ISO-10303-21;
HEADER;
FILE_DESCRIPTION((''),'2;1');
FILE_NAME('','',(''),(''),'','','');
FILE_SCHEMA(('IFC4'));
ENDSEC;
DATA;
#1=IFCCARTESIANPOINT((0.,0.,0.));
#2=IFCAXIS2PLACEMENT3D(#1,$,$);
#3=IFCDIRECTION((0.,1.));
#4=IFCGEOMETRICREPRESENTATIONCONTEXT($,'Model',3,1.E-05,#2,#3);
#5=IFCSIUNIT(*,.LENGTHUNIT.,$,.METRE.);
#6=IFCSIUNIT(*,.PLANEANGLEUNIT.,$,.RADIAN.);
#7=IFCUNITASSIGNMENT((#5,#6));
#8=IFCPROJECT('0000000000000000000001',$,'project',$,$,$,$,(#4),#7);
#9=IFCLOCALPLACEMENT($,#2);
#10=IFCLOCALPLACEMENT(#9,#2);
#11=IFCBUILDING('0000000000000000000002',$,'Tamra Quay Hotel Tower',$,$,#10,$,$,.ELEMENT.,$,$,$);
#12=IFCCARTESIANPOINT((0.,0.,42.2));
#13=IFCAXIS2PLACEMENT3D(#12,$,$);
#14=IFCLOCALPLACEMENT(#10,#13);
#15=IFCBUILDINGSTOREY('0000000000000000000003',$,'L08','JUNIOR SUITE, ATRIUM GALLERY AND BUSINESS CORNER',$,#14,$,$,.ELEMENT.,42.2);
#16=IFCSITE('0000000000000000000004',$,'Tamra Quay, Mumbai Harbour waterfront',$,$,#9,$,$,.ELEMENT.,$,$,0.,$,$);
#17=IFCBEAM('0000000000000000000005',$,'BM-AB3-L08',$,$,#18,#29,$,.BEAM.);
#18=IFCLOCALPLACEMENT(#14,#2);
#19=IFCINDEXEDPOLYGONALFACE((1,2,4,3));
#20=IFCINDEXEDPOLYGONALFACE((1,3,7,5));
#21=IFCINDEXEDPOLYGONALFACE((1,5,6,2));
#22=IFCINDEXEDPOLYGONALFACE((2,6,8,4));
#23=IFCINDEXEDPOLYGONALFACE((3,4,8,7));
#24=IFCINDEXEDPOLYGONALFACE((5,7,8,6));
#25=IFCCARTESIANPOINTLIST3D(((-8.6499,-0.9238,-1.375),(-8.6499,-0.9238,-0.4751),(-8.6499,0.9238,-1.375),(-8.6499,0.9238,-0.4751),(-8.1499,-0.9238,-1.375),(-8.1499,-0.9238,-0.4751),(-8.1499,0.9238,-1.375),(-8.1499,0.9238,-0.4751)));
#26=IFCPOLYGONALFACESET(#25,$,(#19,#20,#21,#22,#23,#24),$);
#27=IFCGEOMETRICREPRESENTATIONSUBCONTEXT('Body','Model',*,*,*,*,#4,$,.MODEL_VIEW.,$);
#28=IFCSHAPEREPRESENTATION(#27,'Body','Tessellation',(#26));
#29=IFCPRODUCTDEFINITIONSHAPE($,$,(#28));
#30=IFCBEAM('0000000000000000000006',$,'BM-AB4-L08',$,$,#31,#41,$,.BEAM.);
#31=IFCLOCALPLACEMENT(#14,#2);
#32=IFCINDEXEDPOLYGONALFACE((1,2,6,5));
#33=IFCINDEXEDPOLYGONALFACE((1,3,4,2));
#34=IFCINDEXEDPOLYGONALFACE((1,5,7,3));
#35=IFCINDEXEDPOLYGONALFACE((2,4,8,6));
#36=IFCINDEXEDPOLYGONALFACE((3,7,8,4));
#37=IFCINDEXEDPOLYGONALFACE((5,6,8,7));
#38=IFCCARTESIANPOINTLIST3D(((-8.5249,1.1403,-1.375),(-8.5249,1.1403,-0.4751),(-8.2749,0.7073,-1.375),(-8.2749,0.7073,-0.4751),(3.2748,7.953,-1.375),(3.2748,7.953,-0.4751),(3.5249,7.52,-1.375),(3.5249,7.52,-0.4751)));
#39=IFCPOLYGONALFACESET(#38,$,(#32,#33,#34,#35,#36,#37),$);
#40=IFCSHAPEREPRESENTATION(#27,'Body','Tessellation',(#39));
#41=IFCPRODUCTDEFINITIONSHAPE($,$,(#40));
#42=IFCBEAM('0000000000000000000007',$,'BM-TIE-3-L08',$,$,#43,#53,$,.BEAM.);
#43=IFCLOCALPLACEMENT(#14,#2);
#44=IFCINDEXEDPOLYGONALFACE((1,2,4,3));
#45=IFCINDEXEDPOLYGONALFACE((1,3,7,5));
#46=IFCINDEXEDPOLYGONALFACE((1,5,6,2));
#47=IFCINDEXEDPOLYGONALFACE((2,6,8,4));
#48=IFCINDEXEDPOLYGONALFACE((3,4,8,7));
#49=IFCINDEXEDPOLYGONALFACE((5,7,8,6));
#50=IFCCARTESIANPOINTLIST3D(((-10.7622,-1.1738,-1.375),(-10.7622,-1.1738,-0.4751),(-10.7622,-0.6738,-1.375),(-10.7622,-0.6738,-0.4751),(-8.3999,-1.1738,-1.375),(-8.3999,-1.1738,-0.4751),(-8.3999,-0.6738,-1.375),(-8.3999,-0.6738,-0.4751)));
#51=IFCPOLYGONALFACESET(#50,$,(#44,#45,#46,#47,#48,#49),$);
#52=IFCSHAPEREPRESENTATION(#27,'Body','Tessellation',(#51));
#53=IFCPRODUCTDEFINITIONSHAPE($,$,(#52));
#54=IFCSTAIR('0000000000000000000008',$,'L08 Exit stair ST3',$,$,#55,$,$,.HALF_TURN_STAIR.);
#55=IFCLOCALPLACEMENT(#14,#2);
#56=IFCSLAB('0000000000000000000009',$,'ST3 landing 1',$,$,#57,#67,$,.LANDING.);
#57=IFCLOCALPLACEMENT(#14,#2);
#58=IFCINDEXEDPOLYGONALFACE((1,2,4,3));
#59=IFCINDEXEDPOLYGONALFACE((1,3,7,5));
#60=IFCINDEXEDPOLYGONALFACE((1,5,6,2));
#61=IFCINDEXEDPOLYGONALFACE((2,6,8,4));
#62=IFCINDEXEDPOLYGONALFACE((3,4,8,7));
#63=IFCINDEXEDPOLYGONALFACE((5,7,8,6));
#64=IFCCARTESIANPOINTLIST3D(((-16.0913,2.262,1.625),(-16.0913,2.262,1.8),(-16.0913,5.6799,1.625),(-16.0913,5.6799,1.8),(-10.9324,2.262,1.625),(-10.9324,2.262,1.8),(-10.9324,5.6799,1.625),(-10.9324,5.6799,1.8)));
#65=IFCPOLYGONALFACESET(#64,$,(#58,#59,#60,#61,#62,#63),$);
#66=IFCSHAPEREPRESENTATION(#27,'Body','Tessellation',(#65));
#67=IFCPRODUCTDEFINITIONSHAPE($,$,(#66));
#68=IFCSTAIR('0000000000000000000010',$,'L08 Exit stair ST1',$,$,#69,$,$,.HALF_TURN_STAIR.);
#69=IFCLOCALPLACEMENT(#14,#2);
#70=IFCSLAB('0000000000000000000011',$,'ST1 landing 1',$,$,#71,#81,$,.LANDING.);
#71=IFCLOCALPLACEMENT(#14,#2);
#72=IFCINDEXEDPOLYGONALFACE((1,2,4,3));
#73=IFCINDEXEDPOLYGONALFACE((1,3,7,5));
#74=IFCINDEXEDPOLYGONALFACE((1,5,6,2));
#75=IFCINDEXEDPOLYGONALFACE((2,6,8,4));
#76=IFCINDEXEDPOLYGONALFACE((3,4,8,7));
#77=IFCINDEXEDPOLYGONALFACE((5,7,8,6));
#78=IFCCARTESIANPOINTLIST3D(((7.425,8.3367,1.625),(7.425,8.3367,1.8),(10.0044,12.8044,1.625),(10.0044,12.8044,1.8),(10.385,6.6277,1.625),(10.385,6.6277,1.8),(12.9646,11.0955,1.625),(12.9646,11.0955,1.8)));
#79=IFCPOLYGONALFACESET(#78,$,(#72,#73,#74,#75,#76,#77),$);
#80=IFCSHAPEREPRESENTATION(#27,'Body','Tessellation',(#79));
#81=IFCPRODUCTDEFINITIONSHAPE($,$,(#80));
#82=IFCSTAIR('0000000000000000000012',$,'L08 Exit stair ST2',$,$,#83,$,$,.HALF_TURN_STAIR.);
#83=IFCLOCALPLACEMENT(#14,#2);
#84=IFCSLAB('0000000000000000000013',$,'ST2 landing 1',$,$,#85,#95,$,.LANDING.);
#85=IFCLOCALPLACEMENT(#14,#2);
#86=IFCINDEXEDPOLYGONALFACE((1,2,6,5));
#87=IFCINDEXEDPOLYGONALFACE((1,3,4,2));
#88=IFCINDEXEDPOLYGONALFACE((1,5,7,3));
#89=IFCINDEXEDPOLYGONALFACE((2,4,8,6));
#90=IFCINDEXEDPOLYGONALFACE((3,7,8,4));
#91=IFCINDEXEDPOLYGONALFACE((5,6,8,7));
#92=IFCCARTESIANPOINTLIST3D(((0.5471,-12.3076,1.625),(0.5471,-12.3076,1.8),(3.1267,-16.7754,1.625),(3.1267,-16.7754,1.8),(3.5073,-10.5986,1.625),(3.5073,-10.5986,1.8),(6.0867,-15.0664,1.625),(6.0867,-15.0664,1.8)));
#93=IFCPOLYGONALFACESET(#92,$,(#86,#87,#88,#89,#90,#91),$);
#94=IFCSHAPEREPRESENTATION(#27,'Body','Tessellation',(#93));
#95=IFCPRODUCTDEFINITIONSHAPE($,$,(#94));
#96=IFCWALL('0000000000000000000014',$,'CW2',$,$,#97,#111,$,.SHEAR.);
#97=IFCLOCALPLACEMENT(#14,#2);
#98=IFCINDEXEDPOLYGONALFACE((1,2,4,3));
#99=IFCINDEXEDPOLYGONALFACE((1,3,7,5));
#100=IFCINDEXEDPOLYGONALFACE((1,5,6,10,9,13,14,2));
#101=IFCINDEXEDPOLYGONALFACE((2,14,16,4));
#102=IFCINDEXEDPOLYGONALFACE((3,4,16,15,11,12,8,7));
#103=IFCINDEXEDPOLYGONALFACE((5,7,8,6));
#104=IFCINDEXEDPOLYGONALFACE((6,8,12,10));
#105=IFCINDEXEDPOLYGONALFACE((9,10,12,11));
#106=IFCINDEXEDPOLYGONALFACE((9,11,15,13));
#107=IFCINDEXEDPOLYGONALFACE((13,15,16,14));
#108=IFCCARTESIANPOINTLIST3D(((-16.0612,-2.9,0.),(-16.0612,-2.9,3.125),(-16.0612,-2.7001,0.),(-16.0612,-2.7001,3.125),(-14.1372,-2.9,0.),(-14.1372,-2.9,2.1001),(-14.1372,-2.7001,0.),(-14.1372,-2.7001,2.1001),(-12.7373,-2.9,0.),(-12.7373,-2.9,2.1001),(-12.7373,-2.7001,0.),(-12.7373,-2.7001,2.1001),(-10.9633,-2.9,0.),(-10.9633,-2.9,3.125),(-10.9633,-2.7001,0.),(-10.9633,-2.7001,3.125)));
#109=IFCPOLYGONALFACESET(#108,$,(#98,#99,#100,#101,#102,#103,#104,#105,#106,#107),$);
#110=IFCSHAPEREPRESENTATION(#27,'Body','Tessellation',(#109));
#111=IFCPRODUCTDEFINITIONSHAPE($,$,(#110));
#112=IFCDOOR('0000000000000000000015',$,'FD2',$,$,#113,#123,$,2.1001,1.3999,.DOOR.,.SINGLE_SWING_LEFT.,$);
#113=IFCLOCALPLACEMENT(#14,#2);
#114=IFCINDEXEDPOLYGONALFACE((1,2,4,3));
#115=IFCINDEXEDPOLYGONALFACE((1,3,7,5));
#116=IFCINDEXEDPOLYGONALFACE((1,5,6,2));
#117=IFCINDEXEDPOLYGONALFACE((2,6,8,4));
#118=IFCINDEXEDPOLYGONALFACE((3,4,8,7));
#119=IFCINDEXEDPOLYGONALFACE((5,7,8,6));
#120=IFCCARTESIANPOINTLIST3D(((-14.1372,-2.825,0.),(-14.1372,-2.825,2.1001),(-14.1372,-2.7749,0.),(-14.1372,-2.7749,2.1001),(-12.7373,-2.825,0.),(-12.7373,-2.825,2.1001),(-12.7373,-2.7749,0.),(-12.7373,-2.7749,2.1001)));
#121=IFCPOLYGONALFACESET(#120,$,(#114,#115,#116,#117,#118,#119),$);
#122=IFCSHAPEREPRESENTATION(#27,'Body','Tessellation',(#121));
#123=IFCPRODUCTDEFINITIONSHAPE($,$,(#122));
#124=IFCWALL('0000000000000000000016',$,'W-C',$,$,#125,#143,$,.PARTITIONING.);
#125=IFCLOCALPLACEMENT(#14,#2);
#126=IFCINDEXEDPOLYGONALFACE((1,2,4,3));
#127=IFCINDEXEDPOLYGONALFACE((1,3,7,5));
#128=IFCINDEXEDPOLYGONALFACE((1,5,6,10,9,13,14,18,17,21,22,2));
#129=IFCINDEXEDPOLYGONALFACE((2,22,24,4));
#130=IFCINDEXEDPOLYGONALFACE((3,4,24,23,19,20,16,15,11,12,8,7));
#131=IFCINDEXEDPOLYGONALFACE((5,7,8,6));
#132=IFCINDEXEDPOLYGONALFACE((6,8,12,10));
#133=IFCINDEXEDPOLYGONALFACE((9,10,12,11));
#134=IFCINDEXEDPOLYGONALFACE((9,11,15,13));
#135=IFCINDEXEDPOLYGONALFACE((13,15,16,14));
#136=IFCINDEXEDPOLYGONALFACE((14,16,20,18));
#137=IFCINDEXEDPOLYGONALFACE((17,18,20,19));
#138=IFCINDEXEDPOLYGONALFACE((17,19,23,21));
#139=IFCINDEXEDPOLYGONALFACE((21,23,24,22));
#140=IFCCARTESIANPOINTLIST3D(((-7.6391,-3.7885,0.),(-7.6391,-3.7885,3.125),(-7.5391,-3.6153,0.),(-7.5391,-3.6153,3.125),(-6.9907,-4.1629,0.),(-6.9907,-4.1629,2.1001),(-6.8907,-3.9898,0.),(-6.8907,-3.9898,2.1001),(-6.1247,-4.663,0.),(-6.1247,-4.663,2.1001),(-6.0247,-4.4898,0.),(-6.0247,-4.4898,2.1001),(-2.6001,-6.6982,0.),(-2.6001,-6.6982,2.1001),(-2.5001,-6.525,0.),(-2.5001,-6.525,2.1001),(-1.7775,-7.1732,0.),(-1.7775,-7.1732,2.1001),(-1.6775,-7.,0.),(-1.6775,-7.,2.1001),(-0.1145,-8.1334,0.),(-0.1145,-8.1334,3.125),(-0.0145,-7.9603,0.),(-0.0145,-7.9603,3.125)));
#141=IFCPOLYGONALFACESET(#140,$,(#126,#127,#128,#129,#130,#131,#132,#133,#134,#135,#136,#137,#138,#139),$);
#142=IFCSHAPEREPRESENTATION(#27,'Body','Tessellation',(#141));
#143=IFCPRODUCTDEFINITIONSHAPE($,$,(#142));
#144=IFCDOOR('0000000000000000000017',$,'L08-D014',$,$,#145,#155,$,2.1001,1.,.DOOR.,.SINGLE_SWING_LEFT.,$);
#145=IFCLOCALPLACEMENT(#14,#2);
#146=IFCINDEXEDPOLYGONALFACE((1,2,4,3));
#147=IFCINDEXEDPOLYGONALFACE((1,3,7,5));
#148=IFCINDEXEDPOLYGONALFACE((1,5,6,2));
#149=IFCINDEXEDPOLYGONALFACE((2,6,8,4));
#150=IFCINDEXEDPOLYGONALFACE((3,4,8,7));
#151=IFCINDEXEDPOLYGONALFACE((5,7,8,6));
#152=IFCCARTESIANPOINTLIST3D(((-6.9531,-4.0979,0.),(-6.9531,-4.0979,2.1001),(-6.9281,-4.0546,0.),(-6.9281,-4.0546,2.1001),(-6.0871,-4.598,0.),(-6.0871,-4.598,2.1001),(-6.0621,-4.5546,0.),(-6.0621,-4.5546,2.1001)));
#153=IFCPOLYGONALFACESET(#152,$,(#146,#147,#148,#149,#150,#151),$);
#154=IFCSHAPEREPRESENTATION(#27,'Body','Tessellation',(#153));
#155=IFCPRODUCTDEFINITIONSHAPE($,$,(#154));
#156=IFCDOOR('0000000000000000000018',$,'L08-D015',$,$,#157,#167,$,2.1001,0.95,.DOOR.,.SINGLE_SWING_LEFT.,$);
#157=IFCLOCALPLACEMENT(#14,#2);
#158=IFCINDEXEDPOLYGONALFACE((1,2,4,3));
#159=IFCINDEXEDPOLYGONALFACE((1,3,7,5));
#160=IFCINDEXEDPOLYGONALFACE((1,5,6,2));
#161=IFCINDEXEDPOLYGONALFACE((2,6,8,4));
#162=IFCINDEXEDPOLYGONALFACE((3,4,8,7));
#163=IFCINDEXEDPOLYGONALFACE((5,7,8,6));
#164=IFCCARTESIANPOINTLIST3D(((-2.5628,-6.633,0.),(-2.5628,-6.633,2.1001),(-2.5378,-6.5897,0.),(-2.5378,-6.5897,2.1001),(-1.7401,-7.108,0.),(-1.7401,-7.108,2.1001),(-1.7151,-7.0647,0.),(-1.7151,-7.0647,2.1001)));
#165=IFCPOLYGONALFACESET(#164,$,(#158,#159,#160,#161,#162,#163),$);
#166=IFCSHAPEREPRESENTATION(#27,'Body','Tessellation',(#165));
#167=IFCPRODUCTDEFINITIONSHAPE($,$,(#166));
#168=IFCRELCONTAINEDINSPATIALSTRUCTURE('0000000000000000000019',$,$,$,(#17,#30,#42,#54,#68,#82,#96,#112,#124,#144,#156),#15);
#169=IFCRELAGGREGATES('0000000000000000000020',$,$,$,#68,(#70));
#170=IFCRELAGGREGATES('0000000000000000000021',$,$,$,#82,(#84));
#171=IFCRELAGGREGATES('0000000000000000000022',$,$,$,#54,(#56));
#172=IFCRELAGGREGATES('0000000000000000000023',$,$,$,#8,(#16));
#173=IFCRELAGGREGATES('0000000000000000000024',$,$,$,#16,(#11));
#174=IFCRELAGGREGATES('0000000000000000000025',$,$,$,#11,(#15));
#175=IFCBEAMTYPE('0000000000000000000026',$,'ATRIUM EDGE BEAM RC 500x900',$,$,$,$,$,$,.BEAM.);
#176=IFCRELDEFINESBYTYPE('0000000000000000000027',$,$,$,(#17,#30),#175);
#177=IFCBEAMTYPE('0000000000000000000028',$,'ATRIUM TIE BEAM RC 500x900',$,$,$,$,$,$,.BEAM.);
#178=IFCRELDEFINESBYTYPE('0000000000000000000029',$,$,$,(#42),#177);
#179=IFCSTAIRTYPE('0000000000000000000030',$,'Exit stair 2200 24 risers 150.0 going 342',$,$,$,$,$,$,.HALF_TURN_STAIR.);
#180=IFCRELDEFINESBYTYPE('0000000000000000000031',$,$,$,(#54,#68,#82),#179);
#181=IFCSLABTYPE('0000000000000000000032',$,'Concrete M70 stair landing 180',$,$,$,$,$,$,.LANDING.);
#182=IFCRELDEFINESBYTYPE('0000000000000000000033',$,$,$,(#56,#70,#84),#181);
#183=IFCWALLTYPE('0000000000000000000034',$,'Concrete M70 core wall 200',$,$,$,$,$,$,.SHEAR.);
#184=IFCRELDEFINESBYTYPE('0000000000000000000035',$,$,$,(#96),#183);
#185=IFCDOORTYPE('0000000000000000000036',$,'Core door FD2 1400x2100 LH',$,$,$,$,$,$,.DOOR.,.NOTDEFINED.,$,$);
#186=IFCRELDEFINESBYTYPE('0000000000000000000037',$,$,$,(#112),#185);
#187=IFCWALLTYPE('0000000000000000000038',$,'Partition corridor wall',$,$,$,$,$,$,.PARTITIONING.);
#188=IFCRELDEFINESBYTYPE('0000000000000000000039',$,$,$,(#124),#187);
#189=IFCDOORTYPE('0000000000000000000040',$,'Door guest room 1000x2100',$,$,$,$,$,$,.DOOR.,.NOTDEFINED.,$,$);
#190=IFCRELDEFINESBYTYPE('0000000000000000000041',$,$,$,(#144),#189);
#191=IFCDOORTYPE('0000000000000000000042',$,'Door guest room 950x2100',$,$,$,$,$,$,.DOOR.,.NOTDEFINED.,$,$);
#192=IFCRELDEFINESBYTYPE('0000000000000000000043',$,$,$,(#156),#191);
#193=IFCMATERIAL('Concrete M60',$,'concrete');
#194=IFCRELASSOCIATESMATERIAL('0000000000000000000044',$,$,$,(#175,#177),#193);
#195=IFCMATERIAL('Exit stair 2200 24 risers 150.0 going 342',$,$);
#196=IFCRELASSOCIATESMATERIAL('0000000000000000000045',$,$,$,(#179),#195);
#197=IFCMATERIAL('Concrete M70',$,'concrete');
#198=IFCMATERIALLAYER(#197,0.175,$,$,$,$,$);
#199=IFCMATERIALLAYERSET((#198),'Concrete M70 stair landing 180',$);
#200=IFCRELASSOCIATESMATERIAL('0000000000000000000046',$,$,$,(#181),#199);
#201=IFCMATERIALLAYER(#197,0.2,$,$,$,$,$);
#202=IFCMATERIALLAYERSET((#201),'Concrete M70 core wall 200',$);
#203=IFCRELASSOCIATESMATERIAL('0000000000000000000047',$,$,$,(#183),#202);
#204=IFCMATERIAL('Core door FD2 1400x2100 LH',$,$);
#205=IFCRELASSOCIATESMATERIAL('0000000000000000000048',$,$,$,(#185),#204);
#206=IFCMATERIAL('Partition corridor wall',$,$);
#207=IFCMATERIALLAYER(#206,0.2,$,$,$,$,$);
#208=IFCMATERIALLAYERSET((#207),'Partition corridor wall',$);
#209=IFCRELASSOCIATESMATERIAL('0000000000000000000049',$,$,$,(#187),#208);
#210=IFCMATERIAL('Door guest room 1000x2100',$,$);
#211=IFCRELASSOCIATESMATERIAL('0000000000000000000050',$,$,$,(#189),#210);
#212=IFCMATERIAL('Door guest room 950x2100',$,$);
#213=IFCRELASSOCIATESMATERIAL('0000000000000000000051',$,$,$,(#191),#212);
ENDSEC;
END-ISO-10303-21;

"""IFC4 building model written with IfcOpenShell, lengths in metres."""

from ifc_helpers import new_model, si_unit, direction, frame, frame_2d, origin, origin_2d, place, context, subcontext, project, spatial, polyline, rectangle, outline, extrude, material, layer, layer_set, material_profile, profile_set, type_object, element, fill, aggregate, save


model = new_model("IFC4")

# Units and contexts
model_context = context("Model", 3, precision=1e-05, world=origin(), true_north=direction((0.0, 1.0)))
body_context = subcontext(model_context, "Body", "Model", "MODEL_VIEW")
ifc_project = project(units=[si_unit("LENGTHUNIT", "METRE"), si_unit("PLANEANGLEUNIT", "RADIAN")], contexts=[model_context])

# Site, building, storey
site_placement = place(None, origin())
site = spatial("IfcSite", under=ifc_project, at=site_placement, Name="Tamra Quay, Mumbai Harbour waterfront", CompositionType="ELEMENT", RefElevation=0.0)
building_placement = place(site_placement, origin())
building = spatial("IfcBuilding", under=site, at=building_placement, Name="Tamra Quay Hotel Tower", CompositionType="ELEMENT")
storey_placement = place(building_placement, frame((0.0, 0.0, 42.2)))
storey = spatial("IfcBuildingStorey", under=building, at=storey_placement, Name="L08", Description="JUNIOR SUITE, ATRIUM GALLERY AND BUSINESS CORNER", CompositionType="ELEMENT", Elevation=42.2)

# Beams
ifc_material_1 = material(Name="Concrete M60", Category="concrete")
ifc_material_profile_1 = material_profile(ifc_material_1, rectangle(XDim=0.5, YDim=0.8999, at=origin_2d()), Name="ATRIUM EDGE BEAM RC 500x900")
ifc_profile_set_1 = profile_set([ifc_material_profile_1], Name="Concrete M60")
beam_type_1 = type_object("IfcBeamType", Name="ATRIUM EDGE BEAM RC 500x900", PredefinedType="BEAM", material=ifc_profile_set_1)
beam_1_placement = place(storey_placement, frame((-8.3999, -0.9238, -0.925), z_axis=(0.0, 1.0, 0.0), x_axis=(-1.0, 0.0, 0.0)))
element("IfcBeam", 1, at=beam_1_placement, inside=storey, type_object=beam_type_1, Name="BM-AB3-L08", PredefinedType="BEAM", context=body_context, shape_type="SweptSolid", body=[
    extrude(rectangle(XDim=0.5, YDim=0.8999, at=origin_2d()), origin(), (0.0, 0.0, 1.0), 1.8477),
])
beam_2_placement = place(storey_placement, frame((-8.3999, 0.9238, -0.925), z_axis=(0.866021, 0.500007, 0.0), x_axis=(-0.500007, 0.866021, 0.0)))
element("IfcBeam", 2, at=beam_2_placement, inside=storey, type_object=beam_type_1, Name="BM-AB4-L08", PredefinedType="BEAM", context=body_context, shape_type="SweptSolid", body=[
    extrude(rectangle(XDim=0.5, YDim=0.8999, at=origin_2d()), origin(), (0.0, 0.0, 1.0), 13.6252),
])
ifc_material_profile_2 = material_profile(ifc_material_1, rectangle(XDim=0.5, YDim=0.8999, at=origin_2d()), Name="ATRIUM TIE BEAM RC 500x900")
ifc_profile_set_2 = profile_set([ifc_material_profile_2], Name="Concrete M60")
beam_type_2 = type_object("IfcBeamType", Name="ATRIUM TIE BEAM RC 500x900", PredefinedType="BEAM", material=ifc_profile_set_2)
beam_3_placement = place(storey_placement, frame((-8.3999, -0.9238, -0.925), z_axis=(-1.0, 0.0, 0.0), x_axis=(0.0, -1.0, 0.0)))
element("IfcBeam", 3, at=beam_3_placement, inside=storey, type_object=beam_type_2, Name="BM-TIE-3-L08", PredefinedType="BEAM", context=body_context, shape_type="SweptSolid", body=[
    extrude(rectangle(XDim=0.5, YDim=0.8999, at=origin_2d()), origin(), (0.0, 0.0, 1.0), 2.3623),
])

# Stairs, slabs
ifc_material_2 = material(Name="Exit stair 2200 24 risers 150.0 going 342")
stair_type = type_object("IfcStairType", Name="Exit stair 2200 24 risers 150.0 going 342", PredefinedType="HALF_TURN_STAIR", material=ifc_material_2)
stair_1_placement = place(storey_placement, origin())
stair_1 = element("IfcStair", 4, at=stair_1_placement, inside=storey, type_object=stair_type, Name="L08 Exit stair ST3", PredefinedType="HALF_TURN_STAIR")
ifc_material_3 = material(Name="Concrete M70", Category="concrete")
ifc_layer_1 = layer(ifc_material_3, 0.175)
ifc_layer_set_1 = layer_set([ifc_layer_1], Name="Concrete M70 stair landing 180")
slab_type_1 = type_object("IfcSlabType", Name="Concrete M70 stair landing 180", PredefinedType="LANDING", material=ifc_layer_set_1)
slab_1_placement = place(storey_placement, frame((0.0, 0.0, 1.625)))
slab_1 = element("IfcSlab", 5, at=slab_1_placement, type_object=slab_type_1, Name="ST3 landing 1", PredefinedType="LANDING", context=body_context, shape_type="SweptSolid", body=[
    extrude(outline(polyline([(-10.9324, 2.262), (-10.9324, 5.6799), (-16.0913, 5.6799), (-16.0913, 2.262), (-10.9324, 2.262)])), origin(), (0.0, 0.0, 1.0), 0.175),
])
stair_2_placement = place(storey_placement, origin())
stair_2 = element("IfcStair", 6, at=stair_2_placement, inside=storey, type_object=stair_type, Name="L08 Exit stair ST1", PredefinedType="HALF_TURN_STAIR")
slab_2_placement = place(storey_placement, frame((0.0, 0.0, 1.625)))
slab_2 = element("IfcSlab", 7, at=slab_2_placement, type_object=slab_type_1, Name="ST1 landing 1", PredefinedType="LANDING", context=body_context, shape_type="SweptSolid", body=[
    extrude(outline(polyline([(7.425, 8.3367), (10.385, 6.6277), (12.9646, 11.0955), (10.0044, 12.8044), (7.425, 8.3367)])), origin(), (0.0, 0.0, 1.0), 0.175),
])
aggregate(stair_2, [slab_2])
stair_3_placement = place(storey_placement, origin())
stair_3 = element("IfcStair", 8, at=stair_3_placement, inside=storey, type_object=stair_type, Name="L08 Exit stair ST2", PredefinedType="HALF_TURN_STAIR")
slab_3_placement = place(storey_placement, frame((0.0, 0.0, 1.625)))
slab_3 = element("IfcSlab", 9, at=slab_3_placement, type_object=slab_type_1, Name="ST2 landing 1", PredefinedType="LANDING", context=body_context, shape_type="SweptSolid", body=[
    extrude(outline(polyline([(3.5073, -10.5986), (0.5471, -12.3076), (3.1267, -16.7754), (6.0867, -15.0664), (3.5073, -10.5986)])), origin(), (0.0, 0.0, 1.0), 0.175),
])
aggregate(stair_3, [slab_3])

# Wall, opening, door
ifc_layer_2 = layer(ifc_material_3, 0.2)
ifc_layer_set_2 = layer_set([ifc_layer_2], Name="Concrete M70 core wall 200")
wall_type_1 = type_object("IfcWallType", Name="Concrete M70 core wall 200", PredefinedType="SHEAR", material=ifc_layer_set_2)
wall_1_placement = place(storey_placement, frame((-10.9634, -2.8, 0.0), z_axis=(0.0, 0.0, 1.0), x_axis=(-1.0, 0.0, 0.0)))
wall_1 = element("IfcWall", 10, at=wall_1_placement, inside=storey, type_object=wall_type_1, Name="CW2", PredefinedType="SHEAR", context=body_context, shape_type="SweptSolid", body=[
    extrude(rectangle(XDim=5.0979, YDim=0.2, at=frame_2d((2.5488, 0.0))), origin(), (0.0, 0.0, 1.0), 3.125),
])
opening_1_placement = place(wall_1_placement, frame((1.7739, 0.0, 0.0)))
opening_1 = element("IfcOpeningElement", 11, at=opening_1_placement, cuts=wall_1, PredefinedType="OPENING", context=body_context, shape_type="SweptSolid", body=[
    extrude(rectangle(XDim=1.3999, YDim=2.1001, at=frame_2d((0.7, 1.05))), frame((0.0, 0.1099, 0.0), z_axis=(0.0, -1.0, 0.0), x_axis=(1.0, 0.0, 0.0)), (0.0, 0.0, 1.0), 0.22),
])
ifc_material_4 = material(Name="Core door FD2 1400x2100 LH")
door_type_1 = type_object("IfcDoorType", Name="Core door FD2 1400x2100 LH", OperationType="NOTDEFINED", PredefinedType="DOOR", material=ifc_material_4)
door_1_placement = place(opening_1_placement, origin())
door_1 = element("IfcDoor", 12, at=door_1_placement, inside=storey, type_object=door_type_1, Name="FD2", OperationType="SINGLE_SWING_LEFT", OverallHeight=2.1001, OverallWidth=1.3999, PredefinedType="DOOR", context=body_context, shape_type="SweptSolid", body=[
    extrude(rectangle(XDim=1.3999, YDim=2.1001, at=frame_2d((0.7, 1.05))), frame((0.0, 0.0249, 0.0), z_axis=(0.0, -1.0, 0.0), x_axis=(1.0, 0.0, 0.0)), (0.0, 0.0, 1.0), 0.05),
])
fill(opening_1, door_1)

# Wall, openings, doors
ifc_material_5 = material(Name="Partition corridor wall")
ifc_layer_3 = layer(ifc_material_5, 0.2)
ifc_layer_set_3 = layer_set([ifc_layer_3], Name="Partition corridor wall")
wall_type_2 = type_object("IfcWallType", Name="Partition corridor wall", PredefinedType="PARTITIONING", material=ifc_layer_set_3)
wall_2_placement = place(storey_placement, frame((-7.5891, -3.7019, 0.0), z_axis=(0.0, 0.0, 1.0), x_axis=(0.865995, -0.500052, 0.0)))
wall_2 = element("IfcWall", 13, at=wall_2_placement, inside=storey, type_object=wall_type_2, Name="W-C", PredefinedType="PARTITIONING", context=body_context, shape_type="SweptSolid", body=[
    extrude(rectangle(XDim=8.689, YDim=0.2, at=frame_2d((4.3445, 0.0))), origin(), (0.0, 0.0, 1.0), 3.125),
])
opening_2_placement = place(wall_2_placement, frame((0.7488, 0.0, 0.0)))
opening_2 = element("IfcOpeningElement", 14, at=opening_2_placement, cuts=wall_2, PredefinedType="OPENING", context=body_context, shape_type="SweptSolid", body=[
    extrude(rectangle(XDim=1.0, YDim=2.1001, at=frame_2d((0.5, 1.05))), frame((0.0, 0.1099, 0.0), z_axis=(0.0, -1.0, 0.0), x_axis=(1.0, 0.0, 0.0)), (0.0, 0.0, 1.0), 0.22),
])
opening_3_placement = place(wall_2_placement, frame((5.8186, 0.0, 0.0)))
opening_3 = element("IfcOpeningElement", 15, at=opening_3_placement, cuts=wall_2, PredefinedType="OPENING", context=body_context, shape_type="SweptSolid", body=[
    extrude(rectangle(XDim=0.95, YDim=2.1001, at=frame_2d((0.4751, 1.05))), frame((0.0, 0.1099, 0.0), z_axis=(0.0, -1.0, 0.0), x_axis=(1.0, 0.0, 0.0)), (0.0, 0.0, 1.0), 0.22),
])
ifc_material_6 = material(Name="Door guest room 1000x2100")
door_type_2 = type_object("IfcDoorType", Name="Door guest room 1000x2100", OperationType="NOTDEFINED", PredefinedType="DOOR", material=ifc_material_6)
door_2_placement = place(opening_2_placement, frame((1.0, 0.0, 0.0), z_axis=(0.0, 0.0, 1.0), x_axis=(-1.0, 0.0, 0.0)))
door_2 = element("IfcDoor", 16, at=door_2_placement, inside=storey, type_object=door_type_2, Name="L08-D014", OperationType="SINGLE_SWING_LEFT", OverallHeight=2.1001, OverallWidth=1.0, PredefinedType="DOOR", context=body_context, shape_type="SweptSolid", body=[
    extrude(rectangle(XDim=1.0, YDim=2.1001, at=frame_2d((0.5, 1.05))), frame((0.0, 0.0249, 0.0), z_axis=(0.0, -1.0, 0.0), x_axis=(1.0, 0.0, 0.0)), (0.0, 0.0, 1.0), 0.05),
])
fill(opening_2, door_2)
ifc_material_7 = material(Name="Door guest room 950x2100")
door_type_3 = type_object("IfcDoorType", Name="Door guest room 950x2100", OperationType="NOTDEFINED", PredefinedType="DOOR", material=ifc_material_7)
door_3_placement = place(opening_3_placement, frame((0.95, 0.0, 0.0), z_axis=(0.0, 0.0, 1.0), x_axis=(-1.0, 0.0, 0.0)))
door_3 = element("IfcDoor", 17, at=door_3_placement, inside=storey, type_object=door_type_3, Name="L08-D015", OperationType="SINGLE_SWING_LEFT", OverallHeight=2.1001, OverallWidth=0.95, PredefinedType="DOOR", context=body_context, shape_type="SweptSolid", body=[
    extrude(rectangle(XDim=0.95, YDim=2.1001, at=frame_2d((0.4751, 1.05))), frame((0.0, 0.0249, 0.0), z_axis=(0.0, -1.0, 0.0), x_axis=(1.0, 0.0, 0.0)), (0.0, 0.0, 1.0), 0.05),
])
fill(opening_3, door_3)

aggregate(stair_1, [slab_1])

save(model, "model.ifc")
